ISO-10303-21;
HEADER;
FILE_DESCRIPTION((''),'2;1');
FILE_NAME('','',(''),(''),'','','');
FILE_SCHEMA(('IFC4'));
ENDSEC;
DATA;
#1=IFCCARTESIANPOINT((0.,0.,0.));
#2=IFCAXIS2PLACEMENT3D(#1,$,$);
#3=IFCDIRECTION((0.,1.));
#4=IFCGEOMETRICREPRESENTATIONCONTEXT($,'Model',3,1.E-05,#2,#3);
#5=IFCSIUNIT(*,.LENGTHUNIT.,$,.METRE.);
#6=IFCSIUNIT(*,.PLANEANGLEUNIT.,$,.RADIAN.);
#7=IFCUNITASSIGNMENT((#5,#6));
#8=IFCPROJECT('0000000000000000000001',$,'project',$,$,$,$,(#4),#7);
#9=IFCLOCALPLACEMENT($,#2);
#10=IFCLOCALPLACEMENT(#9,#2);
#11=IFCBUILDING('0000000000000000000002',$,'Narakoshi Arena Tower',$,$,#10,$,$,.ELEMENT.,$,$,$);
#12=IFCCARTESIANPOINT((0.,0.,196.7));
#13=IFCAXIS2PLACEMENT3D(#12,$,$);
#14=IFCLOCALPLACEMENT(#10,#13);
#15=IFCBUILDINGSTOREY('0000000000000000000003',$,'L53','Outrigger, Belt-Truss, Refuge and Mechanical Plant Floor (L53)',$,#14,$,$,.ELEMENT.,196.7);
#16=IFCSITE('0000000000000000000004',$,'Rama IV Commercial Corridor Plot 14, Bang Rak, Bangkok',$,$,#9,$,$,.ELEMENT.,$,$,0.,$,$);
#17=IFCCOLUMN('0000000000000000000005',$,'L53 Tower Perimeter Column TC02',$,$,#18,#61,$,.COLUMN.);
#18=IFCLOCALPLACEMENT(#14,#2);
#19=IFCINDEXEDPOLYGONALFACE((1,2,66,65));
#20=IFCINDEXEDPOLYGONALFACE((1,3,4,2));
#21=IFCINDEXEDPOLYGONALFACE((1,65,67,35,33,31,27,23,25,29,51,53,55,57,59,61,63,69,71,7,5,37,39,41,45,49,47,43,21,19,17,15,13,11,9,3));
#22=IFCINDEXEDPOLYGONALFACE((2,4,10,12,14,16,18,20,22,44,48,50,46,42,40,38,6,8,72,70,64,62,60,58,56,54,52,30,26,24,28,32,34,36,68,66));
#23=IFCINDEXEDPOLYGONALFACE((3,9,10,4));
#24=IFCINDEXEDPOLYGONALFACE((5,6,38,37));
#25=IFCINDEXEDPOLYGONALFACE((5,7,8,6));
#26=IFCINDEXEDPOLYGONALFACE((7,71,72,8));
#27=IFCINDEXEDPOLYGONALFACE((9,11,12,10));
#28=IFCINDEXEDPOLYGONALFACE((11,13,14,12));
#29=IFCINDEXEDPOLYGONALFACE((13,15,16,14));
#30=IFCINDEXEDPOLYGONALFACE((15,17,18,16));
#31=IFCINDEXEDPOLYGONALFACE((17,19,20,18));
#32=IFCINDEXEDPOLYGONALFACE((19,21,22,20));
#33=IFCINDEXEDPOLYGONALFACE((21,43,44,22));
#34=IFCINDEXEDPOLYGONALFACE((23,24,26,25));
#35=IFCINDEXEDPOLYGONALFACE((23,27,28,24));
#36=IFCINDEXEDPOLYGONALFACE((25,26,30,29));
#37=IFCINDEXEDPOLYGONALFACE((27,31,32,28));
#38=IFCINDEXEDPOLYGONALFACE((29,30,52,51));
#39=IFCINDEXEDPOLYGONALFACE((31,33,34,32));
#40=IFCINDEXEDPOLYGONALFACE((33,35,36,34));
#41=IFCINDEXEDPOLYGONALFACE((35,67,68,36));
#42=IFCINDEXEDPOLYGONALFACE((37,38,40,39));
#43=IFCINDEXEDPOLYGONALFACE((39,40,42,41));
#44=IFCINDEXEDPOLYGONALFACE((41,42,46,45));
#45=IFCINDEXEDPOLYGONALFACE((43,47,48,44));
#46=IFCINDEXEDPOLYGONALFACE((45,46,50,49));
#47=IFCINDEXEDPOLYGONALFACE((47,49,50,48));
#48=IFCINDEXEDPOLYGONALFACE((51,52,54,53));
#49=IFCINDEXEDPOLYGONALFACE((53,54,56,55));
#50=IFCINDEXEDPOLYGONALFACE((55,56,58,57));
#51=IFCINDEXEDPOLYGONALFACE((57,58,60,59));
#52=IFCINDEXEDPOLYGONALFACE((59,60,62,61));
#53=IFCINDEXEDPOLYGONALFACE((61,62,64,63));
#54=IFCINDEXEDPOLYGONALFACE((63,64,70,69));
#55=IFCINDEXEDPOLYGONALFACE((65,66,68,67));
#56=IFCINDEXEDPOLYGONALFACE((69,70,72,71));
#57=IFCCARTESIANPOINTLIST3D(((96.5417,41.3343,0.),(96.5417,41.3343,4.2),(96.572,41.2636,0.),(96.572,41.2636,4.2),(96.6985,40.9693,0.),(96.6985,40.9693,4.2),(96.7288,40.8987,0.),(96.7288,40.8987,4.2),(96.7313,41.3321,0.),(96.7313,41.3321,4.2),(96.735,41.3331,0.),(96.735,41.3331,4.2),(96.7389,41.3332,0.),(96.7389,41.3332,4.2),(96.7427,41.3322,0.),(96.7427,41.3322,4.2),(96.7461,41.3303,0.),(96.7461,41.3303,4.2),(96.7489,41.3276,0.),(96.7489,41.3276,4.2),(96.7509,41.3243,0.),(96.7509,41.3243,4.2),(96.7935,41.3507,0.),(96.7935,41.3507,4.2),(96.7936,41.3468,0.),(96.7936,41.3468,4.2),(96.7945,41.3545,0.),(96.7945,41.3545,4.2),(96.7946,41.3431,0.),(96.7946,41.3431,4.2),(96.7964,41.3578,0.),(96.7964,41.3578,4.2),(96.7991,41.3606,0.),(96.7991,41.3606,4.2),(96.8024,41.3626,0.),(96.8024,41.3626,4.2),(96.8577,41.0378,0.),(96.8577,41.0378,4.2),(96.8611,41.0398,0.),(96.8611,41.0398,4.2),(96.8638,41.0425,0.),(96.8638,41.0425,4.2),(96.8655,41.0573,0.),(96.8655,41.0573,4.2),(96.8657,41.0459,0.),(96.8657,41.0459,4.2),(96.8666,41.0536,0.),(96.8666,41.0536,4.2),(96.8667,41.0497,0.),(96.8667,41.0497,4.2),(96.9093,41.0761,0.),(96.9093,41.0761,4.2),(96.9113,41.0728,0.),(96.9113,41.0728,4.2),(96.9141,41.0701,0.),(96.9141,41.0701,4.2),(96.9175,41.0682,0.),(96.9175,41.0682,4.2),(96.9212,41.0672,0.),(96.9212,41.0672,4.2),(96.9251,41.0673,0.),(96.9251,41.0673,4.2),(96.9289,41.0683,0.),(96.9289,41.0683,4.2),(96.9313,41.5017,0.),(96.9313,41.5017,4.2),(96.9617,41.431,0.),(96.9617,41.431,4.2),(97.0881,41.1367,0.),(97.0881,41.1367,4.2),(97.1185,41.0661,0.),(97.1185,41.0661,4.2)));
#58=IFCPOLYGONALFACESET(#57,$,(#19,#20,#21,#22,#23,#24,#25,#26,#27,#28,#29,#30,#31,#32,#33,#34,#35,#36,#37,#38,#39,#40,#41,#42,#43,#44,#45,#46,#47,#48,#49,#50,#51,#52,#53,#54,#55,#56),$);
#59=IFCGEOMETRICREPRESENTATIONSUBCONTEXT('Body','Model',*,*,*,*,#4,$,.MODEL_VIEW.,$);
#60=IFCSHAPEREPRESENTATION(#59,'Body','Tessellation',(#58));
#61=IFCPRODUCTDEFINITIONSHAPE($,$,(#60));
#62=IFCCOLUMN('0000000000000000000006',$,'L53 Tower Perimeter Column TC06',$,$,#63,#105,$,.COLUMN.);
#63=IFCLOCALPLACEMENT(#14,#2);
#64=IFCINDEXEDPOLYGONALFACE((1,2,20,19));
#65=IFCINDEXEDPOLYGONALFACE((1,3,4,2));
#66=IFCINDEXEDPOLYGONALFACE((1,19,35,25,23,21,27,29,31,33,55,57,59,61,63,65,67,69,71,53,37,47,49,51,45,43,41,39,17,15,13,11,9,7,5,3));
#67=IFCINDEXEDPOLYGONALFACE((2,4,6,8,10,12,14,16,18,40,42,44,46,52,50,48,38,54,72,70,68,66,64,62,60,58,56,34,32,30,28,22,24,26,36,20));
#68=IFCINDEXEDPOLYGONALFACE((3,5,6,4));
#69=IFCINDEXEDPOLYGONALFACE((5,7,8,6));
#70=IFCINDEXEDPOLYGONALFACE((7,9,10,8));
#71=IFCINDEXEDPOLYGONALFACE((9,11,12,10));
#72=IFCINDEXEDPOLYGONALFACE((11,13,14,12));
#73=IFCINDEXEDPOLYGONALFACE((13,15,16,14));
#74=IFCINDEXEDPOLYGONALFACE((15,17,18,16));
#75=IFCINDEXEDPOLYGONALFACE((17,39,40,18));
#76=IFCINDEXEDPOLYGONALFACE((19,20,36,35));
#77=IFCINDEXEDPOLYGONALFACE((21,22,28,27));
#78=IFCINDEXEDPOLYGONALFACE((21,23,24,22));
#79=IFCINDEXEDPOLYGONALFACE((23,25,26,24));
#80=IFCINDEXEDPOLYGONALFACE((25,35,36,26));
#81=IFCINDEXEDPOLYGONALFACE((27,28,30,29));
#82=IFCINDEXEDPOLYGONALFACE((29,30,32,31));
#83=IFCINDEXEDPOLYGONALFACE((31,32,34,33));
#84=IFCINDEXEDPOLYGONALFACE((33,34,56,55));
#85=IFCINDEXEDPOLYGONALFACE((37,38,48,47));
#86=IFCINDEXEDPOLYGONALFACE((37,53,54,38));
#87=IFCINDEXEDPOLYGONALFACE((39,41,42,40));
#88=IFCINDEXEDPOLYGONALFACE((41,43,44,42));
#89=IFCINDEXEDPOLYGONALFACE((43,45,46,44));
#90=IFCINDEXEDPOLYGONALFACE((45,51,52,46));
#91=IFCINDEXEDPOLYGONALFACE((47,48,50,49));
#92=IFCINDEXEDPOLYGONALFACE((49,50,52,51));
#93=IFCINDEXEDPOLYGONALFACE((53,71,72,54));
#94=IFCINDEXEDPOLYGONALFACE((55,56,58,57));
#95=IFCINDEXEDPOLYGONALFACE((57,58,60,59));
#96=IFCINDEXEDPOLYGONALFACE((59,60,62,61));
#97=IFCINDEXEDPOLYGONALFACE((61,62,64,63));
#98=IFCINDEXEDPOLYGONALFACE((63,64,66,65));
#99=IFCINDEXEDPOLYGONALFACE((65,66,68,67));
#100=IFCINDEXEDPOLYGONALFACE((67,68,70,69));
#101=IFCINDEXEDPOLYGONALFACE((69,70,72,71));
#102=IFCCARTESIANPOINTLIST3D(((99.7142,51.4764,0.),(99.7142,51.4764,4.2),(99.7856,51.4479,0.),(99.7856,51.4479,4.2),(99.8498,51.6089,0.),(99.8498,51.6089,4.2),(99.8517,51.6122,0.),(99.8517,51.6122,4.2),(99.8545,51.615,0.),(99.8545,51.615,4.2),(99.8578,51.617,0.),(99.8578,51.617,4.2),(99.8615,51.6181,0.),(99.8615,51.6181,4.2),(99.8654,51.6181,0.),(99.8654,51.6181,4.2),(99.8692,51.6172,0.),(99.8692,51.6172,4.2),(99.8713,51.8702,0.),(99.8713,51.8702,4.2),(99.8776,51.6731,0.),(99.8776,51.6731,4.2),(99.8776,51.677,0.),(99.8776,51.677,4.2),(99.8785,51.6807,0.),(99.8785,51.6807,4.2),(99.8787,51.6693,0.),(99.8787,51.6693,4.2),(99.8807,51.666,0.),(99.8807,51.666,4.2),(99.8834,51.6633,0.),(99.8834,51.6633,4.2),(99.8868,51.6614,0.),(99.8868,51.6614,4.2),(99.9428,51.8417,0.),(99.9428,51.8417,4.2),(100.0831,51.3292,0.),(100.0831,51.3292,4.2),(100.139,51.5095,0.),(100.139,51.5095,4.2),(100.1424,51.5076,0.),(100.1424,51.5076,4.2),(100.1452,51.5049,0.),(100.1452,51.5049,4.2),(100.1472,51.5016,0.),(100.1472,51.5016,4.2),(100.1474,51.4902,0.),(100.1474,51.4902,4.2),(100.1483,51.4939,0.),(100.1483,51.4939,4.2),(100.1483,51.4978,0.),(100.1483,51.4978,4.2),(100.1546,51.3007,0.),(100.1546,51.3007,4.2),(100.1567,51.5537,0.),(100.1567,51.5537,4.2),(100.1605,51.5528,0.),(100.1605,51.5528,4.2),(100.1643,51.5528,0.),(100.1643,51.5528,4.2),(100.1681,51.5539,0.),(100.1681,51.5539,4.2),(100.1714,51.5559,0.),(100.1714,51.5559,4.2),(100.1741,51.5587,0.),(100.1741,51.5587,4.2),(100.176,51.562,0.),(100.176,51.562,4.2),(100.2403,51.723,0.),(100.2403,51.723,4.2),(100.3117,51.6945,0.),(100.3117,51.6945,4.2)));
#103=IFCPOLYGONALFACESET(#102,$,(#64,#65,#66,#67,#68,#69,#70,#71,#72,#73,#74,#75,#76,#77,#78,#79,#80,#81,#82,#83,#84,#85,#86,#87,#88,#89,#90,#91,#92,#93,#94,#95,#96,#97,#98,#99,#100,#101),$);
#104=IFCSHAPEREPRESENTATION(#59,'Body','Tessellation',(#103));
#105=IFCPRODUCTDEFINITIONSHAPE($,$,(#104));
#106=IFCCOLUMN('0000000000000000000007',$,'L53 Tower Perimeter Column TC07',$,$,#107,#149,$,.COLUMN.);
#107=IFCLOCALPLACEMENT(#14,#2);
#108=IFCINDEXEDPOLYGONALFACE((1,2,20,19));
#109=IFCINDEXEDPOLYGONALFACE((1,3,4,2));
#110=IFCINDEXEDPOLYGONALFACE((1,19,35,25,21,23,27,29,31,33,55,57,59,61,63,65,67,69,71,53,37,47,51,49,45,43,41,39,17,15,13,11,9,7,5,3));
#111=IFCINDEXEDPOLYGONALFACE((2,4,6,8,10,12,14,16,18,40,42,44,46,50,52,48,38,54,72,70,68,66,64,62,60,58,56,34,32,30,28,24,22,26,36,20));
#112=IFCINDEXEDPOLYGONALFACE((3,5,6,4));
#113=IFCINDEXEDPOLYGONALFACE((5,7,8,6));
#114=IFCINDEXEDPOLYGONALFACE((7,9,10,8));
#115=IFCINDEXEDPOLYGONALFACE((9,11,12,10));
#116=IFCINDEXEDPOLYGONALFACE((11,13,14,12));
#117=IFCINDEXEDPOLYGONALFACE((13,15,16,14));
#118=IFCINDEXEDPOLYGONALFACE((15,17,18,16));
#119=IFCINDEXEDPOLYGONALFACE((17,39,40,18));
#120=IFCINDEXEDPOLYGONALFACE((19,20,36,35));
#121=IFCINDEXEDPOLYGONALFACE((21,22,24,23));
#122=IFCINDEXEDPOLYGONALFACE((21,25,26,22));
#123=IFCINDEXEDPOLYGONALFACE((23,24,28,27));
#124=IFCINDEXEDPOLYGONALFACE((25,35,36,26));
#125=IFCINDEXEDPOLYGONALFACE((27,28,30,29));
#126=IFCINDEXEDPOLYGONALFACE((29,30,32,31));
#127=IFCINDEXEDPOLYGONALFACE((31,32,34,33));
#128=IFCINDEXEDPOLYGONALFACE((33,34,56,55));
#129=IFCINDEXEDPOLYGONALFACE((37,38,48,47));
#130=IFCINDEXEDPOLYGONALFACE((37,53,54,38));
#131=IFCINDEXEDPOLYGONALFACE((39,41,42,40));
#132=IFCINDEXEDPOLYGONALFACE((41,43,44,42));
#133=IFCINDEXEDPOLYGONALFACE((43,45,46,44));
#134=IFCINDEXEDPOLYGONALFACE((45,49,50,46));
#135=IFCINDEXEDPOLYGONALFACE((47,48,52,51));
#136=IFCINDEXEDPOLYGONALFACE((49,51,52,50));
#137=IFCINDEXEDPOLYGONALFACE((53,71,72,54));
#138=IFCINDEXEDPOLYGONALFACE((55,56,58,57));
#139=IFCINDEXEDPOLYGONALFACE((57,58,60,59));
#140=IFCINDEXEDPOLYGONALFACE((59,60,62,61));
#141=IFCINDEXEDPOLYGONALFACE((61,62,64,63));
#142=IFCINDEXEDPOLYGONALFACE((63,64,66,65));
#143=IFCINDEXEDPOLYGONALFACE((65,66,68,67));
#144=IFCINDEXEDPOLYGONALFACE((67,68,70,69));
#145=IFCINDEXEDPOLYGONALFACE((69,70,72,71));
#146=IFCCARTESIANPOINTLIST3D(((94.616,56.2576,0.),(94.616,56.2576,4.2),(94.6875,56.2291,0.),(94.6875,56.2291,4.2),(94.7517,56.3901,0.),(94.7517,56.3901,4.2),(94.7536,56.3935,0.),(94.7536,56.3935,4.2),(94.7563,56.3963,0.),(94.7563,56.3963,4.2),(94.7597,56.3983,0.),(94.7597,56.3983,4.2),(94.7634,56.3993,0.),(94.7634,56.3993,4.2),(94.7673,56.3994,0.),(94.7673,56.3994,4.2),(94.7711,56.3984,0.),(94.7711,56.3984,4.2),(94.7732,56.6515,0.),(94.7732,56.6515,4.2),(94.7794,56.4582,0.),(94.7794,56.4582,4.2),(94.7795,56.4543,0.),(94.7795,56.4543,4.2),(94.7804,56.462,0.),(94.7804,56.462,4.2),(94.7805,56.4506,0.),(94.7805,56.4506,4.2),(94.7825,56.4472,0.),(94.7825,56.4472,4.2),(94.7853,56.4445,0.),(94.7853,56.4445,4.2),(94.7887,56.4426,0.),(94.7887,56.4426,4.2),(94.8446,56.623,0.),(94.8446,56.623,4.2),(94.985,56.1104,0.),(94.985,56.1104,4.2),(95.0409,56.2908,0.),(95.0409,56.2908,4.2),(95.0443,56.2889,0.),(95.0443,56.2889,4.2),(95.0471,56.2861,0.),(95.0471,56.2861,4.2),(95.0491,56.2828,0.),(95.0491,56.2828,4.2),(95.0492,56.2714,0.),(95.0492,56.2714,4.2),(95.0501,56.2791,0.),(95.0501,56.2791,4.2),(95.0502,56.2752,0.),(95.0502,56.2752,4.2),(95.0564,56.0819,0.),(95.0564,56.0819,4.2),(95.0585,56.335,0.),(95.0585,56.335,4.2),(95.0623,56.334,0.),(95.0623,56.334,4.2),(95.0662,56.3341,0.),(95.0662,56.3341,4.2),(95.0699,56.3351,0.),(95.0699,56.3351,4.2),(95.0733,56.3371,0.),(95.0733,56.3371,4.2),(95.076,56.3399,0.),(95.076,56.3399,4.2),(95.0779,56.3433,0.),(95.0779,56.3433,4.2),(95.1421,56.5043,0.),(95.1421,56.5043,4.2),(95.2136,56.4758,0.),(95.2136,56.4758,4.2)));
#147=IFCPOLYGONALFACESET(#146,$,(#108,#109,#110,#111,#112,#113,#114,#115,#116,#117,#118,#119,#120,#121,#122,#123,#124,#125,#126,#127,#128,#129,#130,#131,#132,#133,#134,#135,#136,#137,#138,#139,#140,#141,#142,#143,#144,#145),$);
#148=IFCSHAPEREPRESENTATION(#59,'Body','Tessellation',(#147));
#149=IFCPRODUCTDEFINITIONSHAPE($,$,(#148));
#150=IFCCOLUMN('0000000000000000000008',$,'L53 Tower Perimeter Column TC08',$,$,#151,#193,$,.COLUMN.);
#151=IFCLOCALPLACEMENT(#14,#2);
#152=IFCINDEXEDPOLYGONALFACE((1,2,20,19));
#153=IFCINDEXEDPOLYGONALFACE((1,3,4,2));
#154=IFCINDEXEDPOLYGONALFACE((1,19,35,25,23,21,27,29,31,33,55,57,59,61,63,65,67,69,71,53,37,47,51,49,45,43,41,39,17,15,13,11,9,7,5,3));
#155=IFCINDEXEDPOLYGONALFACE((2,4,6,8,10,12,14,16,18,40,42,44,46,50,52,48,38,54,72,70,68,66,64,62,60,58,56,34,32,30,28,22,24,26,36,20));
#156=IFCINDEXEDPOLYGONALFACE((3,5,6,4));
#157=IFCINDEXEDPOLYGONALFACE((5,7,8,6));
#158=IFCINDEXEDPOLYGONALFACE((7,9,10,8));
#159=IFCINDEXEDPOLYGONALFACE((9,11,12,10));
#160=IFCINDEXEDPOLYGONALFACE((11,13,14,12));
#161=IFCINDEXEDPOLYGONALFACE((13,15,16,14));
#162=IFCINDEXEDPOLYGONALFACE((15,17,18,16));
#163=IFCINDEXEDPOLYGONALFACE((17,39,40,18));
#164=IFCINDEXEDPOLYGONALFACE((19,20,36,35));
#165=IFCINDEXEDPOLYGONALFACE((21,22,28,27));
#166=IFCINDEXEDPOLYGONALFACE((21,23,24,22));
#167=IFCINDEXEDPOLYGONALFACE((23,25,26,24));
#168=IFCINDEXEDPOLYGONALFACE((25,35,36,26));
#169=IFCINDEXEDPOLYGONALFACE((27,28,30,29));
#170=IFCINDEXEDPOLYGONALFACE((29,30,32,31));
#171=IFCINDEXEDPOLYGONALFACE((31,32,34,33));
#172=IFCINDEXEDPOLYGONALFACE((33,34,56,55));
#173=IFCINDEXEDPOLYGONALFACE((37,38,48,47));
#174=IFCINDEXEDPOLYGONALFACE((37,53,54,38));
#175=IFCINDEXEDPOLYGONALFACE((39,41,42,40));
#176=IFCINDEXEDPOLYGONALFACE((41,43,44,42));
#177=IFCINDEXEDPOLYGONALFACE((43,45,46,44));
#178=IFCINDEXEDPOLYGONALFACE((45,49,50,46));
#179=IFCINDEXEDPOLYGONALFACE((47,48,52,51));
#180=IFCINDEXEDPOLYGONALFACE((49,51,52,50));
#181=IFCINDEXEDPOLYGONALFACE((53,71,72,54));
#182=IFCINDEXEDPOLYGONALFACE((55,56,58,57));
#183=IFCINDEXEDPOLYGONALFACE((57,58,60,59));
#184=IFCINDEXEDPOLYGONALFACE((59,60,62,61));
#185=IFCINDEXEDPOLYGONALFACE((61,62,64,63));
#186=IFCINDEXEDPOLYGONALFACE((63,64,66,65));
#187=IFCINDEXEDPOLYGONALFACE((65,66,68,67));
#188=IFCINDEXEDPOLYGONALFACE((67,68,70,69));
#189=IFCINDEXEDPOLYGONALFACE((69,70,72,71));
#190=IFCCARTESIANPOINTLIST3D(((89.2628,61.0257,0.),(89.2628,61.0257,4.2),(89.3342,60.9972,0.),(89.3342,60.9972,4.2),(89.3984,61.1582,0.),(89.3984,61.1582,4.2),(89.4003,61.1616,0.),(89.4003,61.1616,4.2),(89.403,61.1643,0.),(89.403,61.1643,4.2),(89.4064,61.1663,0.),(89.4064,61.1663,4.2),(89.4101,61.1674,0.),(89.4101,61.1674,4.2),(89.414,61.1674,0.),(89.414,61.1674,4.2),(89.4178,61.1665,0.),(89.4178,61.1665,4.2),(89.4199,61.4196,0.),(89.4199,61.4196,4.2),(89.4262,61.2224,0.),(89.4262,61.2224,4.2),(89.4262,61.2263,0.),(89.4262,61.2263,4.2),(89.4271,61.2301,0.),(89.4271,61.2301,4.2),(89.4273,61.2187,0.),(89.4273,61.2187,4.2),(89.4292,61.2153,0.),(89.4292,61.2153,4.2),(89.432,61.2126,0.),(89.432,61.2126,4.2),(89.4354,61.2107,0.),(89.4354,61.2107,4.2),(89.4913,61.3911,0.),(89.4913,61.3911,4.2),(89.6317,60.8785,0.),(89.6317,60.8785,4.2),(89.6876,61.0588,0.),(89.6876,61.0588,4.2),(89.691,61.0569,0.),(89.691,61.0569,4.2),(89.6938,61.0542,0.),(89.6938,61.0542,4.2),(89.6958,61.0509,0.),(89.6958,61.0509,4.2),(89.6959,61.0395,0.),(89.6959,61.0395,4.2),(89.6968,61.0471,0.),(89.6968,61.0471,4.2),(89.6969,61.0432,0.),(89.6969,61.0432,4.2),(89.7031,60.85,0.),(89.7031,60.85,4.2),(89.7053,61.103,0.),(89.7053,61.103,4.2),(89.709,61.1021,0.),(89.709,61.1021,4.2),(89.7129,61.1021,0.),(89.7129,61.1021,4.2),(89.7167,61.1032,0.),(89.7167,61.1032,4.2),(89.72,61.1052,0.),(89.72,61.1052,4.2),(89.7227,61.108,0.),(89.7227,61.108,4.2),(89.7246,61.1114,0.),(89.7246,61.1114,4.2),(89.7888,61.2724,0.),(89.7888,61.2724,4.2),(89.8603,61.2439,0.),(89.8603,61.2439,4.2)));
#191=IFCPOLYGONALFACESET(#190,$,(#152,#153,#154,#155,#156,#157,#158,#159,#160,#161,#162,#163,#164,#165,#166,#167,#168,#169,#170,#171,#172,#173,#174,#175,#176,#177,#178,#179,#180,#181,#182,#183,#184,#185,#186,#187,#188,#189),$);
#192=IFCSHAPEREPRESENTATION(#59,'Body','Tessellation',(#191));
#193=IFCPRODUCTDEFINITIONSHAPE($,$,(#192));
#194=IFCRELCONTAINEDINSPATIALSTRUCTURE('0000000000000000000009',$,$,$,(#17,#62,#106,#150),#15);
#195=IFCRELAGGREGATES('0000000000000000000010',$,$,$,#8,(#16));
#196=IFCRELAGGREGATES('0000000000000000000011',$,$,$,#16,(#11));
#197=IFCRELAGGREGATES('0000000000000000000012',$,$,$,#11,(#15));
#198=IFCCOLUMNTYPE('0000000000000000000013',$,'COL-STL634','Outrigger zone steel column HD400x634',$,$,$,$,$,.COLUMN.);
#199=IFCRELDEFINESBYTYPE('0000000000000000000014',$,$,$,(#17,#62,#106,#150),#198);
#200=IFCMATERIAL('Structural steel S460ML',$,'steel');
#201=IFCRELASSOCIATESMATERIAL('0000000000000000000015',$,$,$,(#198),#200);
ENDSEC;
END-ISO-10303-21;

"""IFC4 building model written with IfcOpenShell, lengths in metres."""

from ifc_helpers import new_model, si_unit, direction, frame, origin, origin_2d, place, context, subcontext, project, spatial, i_section, extrude, material, material_profile, profile_set, type_object, element, save


model = new_model("IFC4")

# Units and contexts
model_context = context("Model", 3, precision=1e-05, world=origin(), true_north=direction((0.0, 1.0)))
body_context = subcontext(model_context, "Body", "Model", "MODEL_VIEW")
ifc_project = project(units=[si_unit("LENGTHUNIT", "METRE"), si_unit("PLANEANGLEUNIT", "RADIAN")], contexts=[model_context])

# Site, building, storey
site_placement = place(None, origin())
site = spatial("IfcSite", under=ifc_project, at=site_placement, Name="Rama IV Commercial Corridor Plot 14, Bang Rak, Bangkok", CompositionType="ELEMENT", RefElevation=0.0)
building_placement = place(site_placement, origin())
building = spatial("IfcBuilding", under=site, at=building_placement, Name="Narakoshi Arena Tower", CompositionType="ELEMENT")
storey_placement = place(building_placement, frame((0.0, 0.0, 196.7)))
storey = spatial("IfcBuildingStorey", under=building, at=storey_placement, Name="L53", Description="Outrigger, Belt-Truss, Refuge and Mechanical Plant Floor (L53)", CompositionType="ELEMENT", Elevation=196.7)

# Columns
ifc_material_1 = material(Name="Structural steel S460ML", Category="steel")
ifc_material_profile_1 = material_profile(ifc_material_1, i_section(OverallWidth=0.4241, OverallDepth=0.4741, WebThickness=0.0476, FlangeThickness=0.0769, FilletRadius=0.0149, at=origin_2d()), Name="HD400x634")
ifc_profile_set_1 = profile_set([ifc_material_profile_1], Name="Structural steel S460ML")
column_type = type_object("IfcColumnType", Name="COL-STL634", Description="Outrigger zone steel column HD400x634", PredefinedType="COLUMN", material=ifc_profile_set_1)
for number, where, z_axis, x_axis, name in (
    (1, (96.8301, 41.2002, 0.0), (0.0, 0.0, 1.0), (0.918791, 0.394744, 0.0), "L53 Tower Perimeter Column TC02"),
    (2, (100.0129, 51.5854, 0.0), (0.0, 0.0, 1.0), (0.370557, 0.92881, 0.0), "L53 Tower Perimeter Column TC06"),
    (3, (94.9148, 56.3667, 0.0), (0.0, 0.0, 1.0), (0.370557, 0.92881, 0.0), "L53 Tower Perimeter Column TC07"),
    (4, (89.5615, 61.1348, 0.0), (0.0, 0.0, 1.0), (0.370557, 0.92881, 0.0), "L53 Tower Perimeter Column TC08"),
):
    element("IfcColumn", number, at=place(storey_placement, frame(where, z_axis=z_axis, x_axis=x_axis)), inside=storey, type_object=column_type, Name=name, PredefinedType="COLUMN", context=body_context, shape_type="SweptSolid", body=[
        extrude(i_section(OverallWidth=0.4241, OverallDepth=0.4741, WebThickness=0.0476, FlangeThickness=0.0769, FilletRadius=0.0149, at=origin_2d()), origin(), (0.0, 0.0, 1.0), 4.2),
    ])

save(model, "model.ifc")
